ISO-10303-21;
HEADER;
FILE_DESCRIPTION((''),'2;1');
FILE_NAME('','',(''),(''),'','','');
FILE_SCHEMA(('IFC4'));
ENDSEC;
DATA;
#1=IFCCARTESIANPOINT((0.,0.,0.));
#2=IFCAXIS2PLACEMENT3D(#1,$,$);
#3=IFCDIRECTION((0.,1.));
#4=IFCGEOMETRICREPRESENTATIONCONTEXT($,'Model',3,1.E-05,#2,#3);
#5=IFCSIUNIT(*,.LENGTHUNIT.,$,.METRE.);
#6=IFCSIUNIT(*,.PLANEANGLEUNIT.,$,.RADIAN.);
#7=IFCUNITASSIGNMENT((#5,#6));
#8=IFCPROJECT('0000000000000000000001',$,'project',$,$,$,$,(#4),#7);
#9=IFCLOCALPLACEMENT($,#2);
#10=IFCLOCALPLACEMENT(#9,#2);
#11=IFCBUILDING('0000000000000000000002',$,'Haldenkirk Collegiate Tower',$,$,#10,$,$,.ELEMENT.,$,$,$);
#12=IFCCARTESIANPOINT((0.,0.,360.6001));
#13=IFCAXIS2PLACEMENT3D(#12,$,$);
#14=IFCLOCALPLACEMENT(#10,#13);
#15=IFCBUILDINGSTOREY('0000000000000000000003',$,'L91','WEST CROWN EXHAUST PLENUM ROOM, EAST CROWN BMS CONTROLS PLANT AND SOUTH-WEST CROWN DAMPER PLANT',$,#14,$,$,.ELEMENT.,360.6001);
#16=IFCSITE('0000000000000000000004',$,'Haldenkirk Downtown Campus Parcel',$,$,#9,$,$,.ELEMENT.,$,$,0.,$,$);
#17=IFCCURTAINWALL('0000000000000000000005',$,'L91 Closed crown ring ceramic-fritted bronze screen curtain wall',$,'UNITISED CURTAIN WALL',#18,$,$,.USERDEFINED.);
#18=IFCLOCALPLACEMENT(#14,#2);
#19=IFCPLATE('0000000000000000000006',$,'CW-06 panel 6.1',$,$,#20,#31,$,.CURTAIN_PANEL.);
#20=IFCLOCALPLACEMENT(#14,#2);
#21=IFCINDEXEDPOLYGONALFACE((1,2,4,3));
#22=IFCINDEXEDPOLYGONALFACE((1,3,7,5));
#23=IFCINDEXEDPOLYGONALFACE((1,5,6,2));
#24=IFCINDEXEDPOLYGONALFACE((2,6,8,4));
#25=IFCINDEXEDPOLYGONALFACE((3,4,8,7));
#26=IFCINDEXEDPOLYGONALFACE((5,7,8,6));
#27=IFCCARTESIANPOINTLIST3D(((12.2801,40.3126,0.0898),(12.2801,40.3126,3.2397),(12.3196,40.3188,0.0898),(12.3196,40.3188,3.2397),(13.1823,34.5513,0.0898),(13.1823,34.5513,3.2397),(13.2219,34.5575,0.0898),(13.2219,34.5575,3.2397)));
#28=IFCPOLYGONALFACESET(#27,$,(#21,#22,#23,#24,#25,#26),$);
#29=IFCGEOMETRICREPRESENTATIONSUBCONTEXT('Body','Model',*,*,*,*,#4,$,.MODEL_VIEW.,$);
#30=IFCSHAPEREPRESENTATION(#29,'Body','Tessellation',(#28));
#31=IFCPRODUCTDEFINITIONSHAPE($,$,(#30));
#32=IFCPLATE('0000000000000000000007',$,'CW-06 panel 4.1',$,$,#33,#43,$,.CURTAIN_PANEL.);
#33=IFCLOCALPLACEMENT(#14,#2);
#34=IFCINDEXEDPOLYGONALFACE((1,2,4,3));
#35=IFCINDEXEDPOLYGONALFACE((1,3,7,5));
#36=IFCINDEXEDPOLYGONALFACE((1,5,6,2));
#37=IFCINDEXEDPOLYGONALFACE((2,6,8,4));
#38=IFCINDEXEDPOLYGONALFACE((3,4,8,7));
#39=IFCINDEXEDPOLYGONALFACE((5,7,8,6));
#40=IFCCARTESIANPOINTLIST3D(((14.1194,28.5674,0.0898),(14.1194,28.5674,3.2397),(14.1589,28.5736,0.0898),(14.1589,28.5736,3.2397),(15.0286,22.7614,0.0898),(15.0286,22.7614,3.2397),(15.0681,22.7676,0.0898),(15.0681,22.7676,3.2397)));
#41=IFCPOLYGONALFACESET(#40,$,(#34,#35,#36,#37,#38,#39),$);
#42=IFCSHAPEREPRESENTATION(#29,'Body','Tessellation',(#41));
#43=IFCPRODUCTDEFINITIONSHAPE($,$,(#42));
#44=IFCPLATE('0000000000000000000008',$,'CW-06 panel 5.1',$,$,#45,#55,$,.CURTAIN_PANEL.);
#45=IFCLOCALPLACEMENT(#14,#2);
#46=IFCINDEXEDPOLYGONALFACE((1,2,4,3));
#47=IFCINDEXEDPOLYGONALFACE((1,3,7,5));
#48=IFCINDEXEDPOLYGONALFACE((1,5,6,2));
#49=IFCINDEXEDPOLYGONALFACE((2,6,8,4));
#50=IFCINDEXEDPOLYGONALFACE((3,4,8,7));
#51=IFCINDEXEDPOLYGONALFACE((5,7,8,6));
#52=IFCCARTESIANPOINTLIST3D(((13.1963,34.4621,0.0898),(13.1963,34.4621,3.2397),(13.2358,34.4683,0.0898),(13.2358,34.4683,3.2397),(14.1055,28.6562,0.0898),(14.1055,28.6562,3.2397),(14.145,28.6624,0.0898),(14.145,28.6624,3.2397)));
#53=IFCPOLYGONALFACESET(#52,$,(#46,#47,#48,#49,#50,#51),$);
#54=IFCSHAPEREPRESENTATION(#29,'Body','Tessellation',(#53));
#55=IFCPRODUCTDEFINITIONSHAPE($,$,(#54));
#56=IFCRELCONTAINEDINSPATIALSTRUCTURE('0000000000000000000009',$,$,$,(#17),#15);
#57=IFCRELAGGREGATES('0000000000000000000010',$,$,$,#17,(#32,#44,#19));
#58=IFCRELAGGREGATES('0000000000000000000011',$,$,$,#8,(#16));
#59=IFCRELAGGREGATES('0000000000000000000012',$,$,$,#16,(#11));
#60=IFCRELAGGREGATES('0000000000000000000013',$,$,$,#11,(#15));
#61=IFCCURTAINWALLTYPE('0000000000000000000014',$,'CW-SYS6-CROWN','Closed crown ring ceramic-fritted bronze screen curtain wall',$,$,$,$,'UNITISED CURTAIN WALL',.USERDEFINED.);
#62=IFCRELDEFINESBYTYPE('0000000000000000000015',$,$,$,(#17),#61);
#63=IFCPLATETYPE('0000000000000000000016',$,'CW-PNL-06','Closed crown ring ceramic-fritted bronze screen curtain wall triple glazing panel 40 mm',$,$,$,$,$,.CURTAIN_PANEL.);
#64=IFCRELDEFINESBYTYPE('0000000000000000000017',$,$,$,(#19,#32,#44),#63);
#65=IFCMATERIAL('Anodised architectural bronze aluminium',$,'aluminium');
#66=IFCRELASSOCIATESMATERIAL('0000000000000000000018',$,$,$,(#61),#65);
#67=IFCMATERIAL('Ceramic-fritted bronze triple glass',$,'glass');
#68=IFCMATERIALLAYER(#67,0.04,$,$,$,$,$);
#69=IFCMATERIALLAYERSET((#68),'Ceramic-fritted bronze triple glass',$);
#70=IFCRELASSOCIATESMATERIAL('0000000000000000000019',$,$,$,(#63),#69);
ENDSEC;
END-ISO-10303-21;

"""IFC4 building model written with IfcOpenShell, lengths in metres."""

from ifc_helpers import new_model, si_unit, direction, frame, origin, origin_2d, place, context, subcontext, project, spatial, rectangle, extrude, source, transform, mapped, material, layer, layer_set, type_object, element, aggregate, save


model = new_model("IFC4")

# Units and contexts
model_context = context("Model", 3, precision=1e-05, world=origin(), true_north=direction((0.0, 1.0)))
body_context = subcontext(model_context, "Body", "Model", "MODEL_VIEW")
ifc_project = project(units=[si_unit("LENGTHUNIT", "METRE"), si_unit("PLANEANGLEUNIT", "RADIAN")], contexts=[model_context])

# Site, building, storey
site_placement = place(None, origin())
site = spatial("IfcSite", under=ifc_project, at=site_placement, Name="Haldenkirk Downtown Campus Parcel", CompositionType="ELEMENT", RefElevation=0.0)
building_placement = place(site_placement, origin())
building = spatial("IfcBuilding", under=site, at=building_placement, Name="Haldenkirk Collegiate Tower", CompositionType="ELEMENT")
storey_placement = place(building_placement, frame((0.0, 0.0, 360.6001)))
storey = spatial("IfcBuildingStorey", under=building, at=storey_placement, Name="L91", Description="WEST CROWN EXHAUST PLENUM ROOM, EAST CROWN BMS CONTROLS PLANT AND SOUTH-WEST CROWN DAMPER PLANT", CompositionType="ELEMENT", Elevation=360.6001)

# Curtain wall
ifc_material_1 = material(Name="Anodised architectural bronze aluminium", Category="aluminium")
curtain_wall_type = type_object("IfcCurtainWallType", Name="CW-SYS6-CROWN", Description="Closed crown ring ceramic-fritted bronze screen curtain wall", ElementType="UNITISED CURTAIN WALL", PredefinedType="USERDEFINED", material=ifc_material_1)
curtain_wall_placement = place(storey_placement, origin())
curtain_wall = element("IfcCurtainWall", 1, at=curtain_wall_placement, inside=storey, type_object=curtain_wall_type, Name="L91 Closed crown ring ceramic-fritted bronze screen curtain wall", ObjectType="UNITISED CURTAIN WALL", PredefinedType="USERDEFINED")

# Plates
ifc_material_2 = material(Name="Ceramic-fritted bronze triple glass", Category="glass")
ifc_layer_1 = layer(ifc_material_2, 0.04)
ifc_layer_set_1 = layer_set([ifc_layer_1], Name="Ceramic-fritted bronze triple glass")
plate_type_1 = type_object("IfcPlateType", Name="CW-PNL-06", Description="Closed crown ring ceramic-fritted bronze screen curtain wall triple glazing panel 40 mm", PredefinedType="CURTAIN_PANEL", material=ifc_layer_set_1)
shared_shape_1 = source(origin(), body_context, "Body", "SweptSolid", [
    extrude(rectangle(XDim=5.8315, YDim=0.04, at=origin_2d()), origin(), (0.0, 0.0, 1.0), 3.1499),
])
plate_1_placement = place(storey_placement, frame((12.751, 37.4351, 0.0898), z_axis=(0.0, 0.0, 1.0), x_axis=(-0.154713, 0.98796, 0.0)))
plate_1 = element("IfcPlate", 2, at=plate_1_placement, type_object=plate_type_1, Name="CW-06 panel 6.1", PredefinedType="CURTAIN_PANEL", context=body_context, shape_type="MappedRepresentation", body=[
    mapped(shared_shape_1, transform((0.0, 0.0, 0.0), x_axis=(1.0, 0.0, 0.0), y_axis=(0.0, 1.0, 0.0), z_axis=(0.0, 0.0, 1.0), scale=1.0)),
])
shared_shape_2 = source(origin(), body_context, "Body", "SweptSolid", [
    extrude(rectangle(XDim=5.8767, YDim=0.04, at=origin_2d()), origin(), (0.0, 0.0, 1.0), 3.1499),
])
plate_2_placement = place(storey_placement, frame((14.5938, 25.6675, 0.0898), z_axis=(0.0, 0.0, 1.0), x_axis=(-0.154713, 0.98796, 0.0)))
plate_2 = element("IfcPlate", 3, at=plate_2_placement, type_object=plate_type_1, Name="CW-06 panel 4.1", PredefinedType="CURTAIN_PANEL", context=body_context, shape_type="MappedRepresentation", body=[
    mapped(shared_shape_2, transform((0.0, 0.0, 0.0), x_axis=(1.0, 0.0, 0.0), y_axis=(0.0, 1.0, 0.0), z_axis=(0.0, 0.0, 1.0), scale=1.0)),
])
plate_3_placement = place(storey_placement, frame((13.6707, 31.5623, 0.0898), z_axis=(0.0, 0.0, 1.0), x_axis=(-0.154713, 0.98796, 0.0)))
plate_3 = element("IfcPlate", 4, at=plate_3_placement, type_object=plate_type_1, Name="CW-06 panel 5.1", PredefinedType="CURTAIN_PANEL", context=body_context, shape_type="MappedRepresentation", body=[
    mapped(shared_shape_2, transform((0.0, 0.0, 0.0), x_axis=(1.0, 0.0, 0.0), y_axis=(0.0, 1.0, 0.0), z_axis=(0.0, 0.0, 1.0), scale=1.0)),
])
aggregate(curtain_wall, [plate_2, plate_3, plate_1])

save(model, "model.ifc")
